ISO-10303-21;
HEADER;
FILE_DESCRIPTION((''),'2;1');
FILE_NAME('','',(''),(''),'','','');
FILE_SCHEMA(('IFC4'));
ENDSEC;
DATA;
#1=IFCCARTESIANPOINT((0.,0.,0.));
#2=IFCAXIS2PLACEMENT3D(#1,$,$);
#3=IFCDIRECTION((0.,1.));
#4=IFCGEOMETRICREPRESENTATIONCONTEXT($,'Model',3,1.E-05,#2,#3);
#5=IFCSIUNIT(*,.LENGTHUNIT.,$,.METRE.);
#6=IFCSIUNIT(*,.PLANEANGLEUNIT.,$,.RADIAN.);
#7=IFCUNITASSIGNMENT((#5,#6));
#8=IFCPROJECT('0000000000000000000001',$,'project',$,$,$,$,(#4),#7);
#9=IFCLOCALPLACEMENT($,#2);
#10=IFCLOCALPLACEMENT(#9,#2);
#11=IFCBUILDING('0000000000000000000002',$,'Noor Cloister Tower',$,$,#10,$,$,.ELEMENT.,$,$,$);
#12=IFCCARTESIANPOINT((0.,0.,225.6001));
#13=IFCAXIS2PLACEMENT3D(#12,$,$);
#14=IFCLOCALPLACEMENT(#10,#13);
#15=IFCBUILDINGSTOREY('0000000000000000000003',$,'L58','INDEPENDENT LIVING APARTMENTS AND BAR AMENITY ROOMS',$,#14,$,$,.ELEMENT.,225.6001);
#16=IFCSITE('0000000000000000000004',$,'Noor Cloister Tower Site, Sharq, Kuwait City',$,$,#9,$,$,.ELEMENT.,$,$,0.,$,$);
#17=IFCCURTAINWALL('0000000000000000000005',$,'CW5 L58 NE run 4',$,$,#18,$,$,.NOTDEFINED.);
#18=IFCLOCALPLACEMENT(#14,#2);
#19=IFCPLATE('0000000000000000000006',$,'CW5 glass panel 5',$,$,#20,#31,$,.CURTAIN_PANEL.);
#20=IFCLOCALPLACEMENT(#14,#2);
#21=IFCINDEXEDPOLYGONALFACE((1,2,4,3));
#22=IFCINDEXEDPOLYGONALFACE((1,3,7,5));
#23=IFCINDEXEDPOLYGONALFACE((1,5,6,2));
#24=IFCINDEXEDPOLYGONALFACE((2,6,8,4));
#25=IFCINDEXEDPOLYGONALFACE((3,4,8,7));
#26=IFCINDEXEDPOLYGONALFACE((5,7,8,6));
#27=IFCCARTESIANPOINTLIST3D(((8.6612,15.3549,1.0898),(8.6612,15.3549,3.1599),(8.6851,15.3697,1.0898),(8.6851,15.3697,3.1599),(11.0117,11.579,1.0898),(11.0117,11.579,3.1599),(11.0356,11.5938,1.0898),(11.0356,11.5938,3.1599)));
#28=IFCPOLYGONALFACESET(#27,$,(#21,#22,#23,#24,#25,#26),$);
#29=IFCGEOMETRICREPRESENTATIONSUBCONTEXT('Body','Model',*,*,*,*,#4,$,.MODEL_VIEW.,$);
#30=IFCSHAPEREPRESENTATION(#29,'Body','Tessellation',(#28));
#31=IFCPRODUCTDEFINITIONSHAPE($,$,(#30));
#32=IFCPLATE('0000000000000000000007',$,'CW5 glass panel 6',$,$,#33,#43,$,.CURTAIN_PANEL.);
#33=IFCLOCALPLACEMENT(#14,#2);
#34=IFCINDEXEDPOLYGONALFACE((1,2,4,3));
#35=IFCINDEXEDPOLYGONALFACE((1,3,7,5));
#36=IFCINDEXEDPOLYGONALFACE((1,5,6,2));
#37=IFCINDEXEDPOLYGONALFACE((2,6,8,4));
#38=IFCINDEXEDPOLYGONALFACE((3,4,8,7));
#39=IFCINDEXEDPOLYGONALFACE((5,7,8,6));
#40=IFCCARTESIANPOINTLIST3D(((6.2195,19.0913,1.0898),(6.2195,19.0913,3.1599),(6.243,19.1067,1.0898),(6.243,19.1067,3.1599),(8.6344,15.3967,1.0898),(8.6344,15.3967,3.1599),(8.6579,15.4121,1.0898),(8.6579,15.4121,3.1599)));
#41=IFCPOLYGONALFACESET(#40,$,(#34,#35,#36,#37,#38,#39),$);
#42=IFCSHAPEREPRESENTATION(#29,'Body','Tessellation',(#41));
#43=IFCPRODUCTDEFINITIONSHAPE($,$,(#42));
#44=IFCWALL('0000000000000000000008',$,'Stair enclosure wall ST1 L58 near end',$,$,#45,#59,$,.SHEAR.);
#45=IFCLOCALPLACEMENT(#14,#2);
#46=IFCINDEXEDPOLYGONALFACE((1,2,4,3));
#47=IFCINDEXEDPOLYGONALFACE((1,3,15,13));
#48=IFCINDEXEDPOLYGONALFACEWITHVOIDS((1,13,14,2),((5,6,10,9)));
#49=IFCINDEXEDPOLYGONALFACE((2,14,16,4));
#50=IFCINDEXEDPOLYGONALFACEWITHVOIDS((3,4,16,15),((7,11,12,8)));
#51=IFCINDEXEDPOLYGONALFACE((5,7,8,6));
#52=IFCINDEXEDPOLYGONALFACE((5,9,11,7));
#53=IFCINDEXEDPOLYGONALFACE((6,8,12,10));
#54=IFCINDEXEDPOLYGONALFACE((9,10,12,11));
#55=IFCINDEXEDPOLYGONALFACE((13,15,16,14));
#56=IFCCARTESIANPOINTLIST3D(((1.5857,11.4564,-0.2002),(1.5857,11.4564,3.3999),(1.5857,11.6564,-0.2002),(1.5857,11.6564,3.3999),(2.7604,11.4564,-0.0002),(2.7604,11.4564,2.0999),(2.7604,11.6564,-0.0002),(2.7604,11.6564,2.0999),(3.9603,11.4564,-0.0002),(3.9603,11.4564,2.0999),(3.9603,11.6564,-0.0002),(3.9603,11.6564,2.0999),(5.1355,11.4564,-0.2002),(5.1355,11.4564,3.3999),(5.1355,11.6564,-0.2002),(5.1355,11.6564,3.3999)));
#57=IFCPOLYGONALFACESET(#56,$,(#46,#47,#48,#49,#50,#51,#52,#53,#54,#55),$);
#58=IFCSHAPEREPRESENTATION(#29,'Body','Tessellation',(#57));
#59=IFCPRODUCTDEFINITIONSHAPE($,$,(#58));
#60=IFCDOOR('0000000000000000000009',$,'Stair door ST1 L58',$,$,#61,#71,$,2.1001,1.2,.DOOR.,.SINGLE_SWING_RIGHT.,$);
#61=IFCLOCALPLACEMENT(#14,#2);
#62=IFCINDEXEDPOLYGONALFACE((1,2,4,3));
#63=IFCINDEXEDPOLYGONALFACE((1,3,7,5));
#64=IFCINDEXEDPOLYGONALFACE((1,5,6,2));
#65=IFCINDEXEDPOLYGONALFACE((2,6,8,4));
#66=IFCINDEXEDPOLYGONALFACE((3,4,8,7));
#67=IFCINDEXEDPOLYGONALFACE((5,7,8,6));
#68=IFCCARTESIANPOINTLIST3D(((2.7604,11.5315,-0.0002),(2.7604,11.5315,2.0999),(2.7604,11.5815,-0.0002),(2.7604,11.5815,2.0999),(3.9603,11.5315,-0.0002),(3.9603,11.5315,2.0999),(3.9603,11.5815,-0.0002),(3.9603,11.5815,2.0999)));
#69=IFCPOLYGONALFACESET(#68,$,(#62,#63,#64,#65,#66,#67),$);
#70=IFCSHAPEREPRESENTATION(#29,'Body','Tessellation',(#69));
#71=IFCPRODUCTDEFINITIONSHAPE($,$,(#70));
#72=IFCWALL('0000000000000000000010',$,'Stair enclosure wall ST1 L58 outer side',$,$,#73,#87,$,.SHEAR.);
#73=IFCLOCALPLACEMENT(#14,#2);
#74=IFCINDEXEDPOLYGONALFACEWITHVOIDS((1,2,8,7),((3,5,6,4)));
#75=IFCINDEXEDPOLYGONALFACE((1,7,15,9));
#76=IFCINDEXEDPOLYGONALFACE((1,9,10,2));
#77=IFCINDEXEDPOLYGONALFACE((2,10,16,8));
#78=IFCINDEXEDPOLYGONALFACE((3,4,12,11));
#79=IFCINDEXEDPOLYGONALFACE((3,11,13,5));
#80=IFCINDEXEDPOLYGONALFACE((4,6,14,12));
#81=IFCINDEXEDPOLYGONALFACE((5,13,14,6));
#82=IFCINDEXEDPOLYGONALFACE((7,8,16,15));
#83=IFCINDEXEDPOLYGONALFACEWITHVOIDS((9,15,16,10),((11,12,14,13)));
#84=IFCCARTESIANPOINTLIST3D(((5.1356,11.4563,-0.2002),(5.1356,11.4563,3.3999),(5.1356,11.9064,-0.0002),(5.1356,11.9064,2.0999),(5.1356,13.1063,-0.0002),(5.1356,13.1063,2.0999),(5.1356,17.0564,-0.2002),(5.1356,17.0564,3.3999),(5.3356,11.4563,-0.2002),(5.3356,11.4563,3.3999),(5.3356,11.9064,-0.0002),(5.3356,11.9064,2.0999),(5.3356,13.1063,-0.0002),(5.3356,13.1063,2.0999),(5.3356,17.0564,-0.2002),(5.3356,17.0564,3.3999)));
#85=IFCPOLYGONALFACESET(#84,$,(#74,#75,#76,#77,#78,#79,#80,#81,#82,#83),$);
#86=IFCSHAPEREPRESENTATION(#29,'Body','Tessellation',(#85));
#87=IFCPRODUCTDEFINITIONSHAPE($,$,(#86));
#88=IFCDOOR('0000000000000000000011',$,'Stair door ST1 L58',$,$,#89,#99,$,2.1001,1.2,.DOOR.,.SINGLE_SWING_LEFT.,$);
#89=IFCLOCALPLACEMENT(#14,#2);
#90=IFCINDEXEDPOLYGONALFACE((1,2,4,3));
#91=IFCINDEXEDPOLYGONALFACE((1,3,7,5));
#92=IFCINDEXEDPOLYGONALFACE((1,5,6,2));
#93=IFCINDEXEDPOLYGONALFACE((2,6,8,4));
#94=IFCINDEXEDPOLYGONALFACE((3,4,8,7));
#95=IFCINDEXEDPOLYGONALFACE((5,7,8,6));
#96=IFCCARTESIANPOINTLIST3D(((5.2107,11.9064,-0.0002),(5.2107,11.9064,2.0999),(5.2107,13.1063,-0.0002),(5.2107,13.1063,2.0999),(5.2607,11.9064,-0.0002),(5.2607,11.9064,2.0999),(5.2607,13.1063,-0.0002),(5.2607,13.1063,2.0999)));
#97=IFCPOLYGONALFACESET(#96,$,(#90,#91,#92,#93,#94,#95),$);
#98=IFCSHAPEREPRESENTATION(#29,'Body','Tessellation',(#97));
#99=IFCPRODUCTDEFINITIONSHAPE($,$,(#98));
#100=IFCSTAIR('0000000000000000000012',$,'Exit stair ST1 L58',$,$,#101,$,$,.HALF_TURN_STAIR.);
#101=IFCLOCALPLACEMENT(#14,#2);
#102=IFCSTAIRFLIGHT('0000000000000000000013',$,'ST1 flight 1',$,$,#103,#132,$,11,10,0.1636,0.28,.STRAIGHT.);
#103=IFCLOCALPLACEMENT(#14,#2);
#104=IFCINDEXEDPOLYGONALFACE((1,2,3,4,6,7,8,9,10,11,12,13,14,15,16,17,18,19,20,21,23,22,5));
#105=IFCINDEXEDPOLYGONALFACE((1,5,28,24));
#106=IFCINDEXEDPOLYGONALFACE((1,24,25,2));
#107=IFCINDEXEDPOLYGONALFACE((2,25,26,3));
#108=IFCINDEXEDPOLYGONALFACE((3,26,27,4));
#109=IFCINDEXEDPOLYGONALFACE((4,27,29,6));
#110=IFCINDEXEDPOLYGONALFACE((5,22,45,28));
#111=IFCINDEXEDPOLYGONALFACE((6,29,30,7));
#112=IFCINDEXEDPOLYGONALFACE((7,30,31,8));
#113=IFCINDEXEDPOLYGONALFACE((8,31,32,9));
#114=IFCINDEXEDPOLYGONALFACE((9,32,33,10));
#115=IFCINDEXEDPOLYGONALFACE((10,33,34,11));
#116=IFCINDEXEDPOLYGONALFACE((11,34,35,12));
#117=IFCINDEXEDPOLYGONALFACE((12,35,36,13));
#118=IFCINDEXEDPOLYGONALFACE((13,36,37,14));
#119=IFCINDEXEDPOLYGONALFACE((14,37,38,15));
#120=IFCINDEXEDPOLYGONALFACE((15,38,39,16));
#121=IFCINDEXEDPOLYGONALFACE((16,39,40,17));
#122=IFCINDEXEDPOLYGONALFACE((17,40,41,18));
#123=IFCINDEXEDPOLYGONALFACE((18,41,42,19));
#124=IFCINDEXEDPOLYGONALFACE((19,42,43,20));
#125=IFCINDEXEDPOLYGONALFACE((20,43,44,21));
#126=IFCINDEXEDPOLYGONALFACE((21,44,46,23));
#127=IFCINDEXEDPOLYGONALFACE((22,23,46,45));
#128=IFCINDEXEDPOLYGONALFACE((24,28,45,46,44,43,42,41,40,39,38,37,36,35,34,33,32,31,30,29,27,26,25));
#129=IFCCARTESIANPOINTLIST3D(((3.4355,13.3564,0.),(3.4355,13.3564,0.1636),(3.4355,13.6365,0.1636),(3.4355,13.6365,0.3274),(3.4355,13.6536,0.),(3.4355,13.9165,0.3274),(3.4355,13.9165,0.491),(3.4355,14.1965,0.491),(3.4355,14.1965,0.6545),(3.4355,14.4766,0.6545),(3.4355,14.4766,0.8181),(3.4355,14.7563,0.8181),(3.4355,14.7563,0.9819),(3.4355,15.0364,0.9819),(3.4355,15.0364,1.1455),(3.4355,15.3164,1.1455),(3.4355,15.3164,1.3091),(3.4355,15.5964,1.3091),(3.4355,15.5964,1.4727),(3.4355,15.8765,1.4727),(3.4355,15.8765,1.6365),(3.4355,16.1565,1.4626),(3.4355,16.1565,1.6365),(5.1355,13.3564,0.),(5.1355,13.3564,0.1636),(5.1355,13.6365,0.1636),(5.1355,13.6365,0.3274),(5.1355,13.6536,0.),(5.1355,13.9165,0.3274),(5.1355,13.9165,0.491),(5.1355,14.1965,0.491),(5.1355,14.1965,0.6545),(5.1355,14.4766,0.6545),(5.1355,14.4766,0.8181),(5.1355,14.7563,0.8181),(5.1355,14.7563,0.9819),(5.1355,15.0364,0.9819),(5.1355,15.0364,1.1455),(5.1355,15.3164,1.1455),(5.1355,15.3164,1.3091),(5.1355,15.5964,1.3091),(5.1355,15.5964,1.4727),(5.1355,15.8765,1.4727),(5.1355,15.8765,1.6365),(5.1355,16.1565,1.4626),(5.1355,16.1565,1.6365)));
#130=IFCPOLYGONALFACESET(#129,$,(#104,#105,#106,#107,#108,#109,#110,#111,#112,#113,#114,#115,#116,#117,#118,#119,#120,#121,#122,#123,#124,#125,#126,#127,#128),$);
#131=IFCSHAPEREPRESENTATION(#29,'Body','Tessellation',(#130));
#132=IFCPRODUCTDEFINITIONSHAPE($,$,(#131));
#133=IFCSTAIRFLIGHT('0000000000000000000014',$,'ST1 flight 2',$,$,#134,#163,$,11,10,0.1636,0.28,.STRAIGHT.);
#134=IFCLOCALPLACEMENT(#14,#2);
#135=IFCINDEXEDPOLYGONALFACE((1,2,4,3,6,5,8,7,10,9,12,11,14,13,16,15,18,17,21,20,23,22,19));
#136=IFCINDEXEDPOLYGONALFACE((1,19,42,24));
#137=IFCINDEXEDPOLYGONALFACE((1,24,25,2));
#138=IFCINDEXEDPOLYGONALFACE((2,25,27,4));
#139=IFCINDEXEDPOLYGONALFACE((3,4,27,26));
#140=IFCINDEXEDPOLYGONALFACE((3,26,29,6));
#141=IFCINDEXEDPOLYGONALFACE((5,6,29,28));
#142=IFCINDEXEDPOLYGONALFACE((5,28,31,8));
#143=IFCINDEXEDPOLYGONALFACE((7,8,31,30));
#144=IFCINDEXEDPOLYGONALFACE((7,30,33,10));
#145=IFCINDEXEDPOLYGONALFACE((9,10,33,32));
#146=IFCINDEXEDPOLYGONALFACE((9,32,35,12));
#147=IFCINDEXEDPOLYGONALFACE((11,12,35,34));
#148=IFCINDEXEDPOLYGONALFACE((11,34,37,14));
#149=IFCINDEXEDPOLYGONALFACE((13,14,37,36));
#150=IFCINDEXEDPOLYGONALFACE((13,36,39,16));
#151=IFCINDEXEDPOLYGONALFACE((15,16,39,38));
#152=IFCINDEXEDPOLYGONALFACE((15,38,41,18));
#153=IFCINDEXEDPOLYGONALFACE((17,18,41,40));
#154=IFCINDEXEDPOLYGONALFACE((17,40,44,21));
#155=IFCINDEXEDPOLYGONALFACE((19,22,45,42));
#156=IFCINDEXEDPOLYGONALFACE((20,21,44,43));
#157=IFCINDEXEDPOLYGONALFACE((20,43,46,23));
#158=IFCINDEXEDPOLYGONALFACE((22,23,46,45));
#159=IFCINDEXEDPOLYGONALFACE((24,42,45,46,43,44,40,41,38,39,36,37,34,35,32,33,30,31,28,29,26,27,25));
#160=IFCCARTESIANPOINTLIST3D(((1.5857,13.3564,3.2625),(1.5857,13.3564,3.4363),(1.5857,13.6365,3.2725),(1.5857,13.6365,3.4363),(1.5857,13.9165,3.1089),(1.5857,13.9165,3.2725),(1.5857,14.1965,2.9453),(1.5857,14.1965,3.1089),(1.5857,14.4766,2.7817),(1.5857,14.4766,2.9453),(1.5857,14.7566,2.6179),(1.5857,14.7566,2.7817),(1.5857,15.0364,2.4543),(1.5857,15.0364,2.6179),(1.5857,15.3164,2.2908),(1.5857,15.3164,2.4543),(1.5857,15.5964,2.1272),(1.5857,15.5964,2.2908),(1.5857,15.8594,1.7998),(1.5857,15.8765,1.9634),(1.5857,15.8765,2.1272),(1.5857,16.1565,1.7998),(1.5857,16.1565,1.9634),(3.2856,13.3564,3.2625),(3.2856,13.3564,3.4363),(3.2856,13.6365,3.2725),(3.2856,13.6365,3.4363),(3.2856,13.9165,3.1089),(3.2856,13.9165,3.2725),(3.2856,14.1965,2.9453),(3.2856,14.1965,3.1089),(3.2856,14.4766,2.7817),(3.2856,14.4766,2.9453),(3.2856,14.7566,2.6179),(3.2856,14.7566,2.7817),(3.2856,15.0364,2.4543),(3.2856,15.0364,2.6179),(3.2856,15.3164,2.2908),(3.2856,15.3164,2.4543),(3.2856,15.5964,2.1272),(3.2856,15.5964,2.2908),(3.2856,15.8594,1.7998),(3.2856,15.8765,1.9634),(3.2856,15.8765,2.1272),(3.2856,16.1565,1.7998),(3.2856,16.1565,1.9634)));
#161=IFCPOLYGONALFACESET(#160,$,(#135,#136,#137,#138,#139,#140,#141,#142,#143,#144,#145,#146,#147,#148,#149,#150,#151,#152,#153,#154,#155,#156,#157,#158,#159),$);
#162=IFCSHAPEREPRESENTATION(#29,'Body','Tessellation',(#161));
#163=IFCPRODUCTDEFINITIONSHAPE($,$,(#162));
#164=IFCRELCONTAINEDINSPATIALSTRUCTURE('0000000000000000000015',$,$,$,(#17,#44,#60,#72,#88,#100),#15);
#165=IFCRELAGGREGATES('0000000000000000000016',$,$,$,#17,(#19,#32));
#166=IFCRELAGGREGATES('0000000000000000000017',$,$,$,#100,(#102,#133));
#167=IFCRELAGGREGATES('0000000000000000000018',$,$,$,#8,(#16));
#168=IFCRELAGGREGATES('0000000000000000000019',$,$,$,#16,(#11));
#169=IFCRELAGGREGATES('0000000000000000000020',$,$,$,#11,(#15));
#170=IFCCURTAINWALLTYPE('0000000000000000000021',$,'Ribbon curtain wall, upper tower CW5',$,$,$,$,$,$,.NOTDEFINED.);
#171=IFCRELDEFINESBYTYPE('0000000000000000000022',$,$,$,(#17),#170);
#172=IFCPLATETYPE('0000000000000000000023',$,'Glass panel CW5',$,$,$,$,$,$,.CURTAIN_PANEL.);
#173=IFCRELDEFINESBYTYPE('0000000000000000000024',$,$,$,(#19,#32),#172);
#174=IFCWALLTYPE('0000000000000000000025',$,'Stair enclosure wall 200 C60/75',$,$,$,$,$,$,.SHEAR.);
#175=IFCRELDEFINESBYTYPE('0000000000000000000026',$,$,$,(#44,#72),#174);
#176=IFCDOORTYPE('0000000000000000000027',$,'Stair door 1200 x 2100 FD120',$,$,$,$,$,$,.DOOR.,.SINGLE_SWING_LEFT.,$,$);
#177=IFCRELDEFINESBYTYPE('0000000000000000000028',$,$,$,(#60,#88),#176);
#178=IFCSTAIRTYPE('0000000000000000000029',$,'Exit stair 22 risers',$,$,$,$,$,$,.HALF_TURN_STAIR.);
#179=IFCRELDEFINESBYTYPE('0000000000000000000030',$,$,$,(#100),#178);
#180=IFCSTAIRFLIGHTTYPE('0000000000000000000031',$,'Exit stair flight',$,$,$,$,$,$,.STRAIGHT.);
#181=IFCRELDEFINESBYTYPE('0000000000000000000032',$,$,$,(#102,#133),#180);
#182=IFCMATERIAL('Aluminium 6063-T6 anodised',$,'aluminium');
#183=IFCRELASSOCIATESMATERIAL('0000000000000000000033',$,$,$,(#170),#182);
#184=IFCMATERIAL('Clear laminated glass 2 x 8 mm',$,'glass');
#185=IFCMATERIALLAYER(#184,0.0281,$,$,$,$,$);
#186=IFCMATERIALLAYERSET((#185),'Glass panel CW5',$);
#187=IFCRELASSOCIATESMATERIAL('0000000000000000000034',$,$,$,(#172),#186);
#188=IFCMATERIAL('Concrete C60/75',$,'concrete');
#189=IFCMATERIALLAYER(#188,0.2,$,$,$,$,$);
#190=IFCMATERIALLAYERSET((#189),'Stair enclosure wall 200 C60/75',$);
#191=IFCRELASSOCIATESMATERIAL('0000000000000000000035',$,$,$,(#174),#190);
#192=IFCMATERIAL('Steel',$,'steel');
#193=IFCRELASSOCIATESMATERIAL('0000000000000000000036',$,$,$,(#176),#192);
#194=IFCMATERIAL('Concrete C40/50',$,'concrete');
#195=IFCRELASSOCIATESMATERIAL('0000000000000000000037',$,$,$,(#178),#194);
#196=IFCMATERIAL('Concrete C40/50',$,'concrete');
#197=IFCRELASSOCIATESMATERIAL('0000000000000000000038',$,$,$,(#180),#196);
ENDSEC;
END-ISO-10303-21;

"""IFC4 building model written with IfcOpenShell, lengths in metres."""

from ifc_helpers import new_model, si_unit, direction, frame, frame_2d, origin, origin_2d, place, context, subcontext, project, spatial, polyline, rectangle, outline, extrude, material, layer, layer_set, type_object, element, fill, aggregate, save


model = new_model("IFC4")

# Units and contexts
model_context = context("Model", 3, precision=1e-05, world=origin(), true_north=direction((0.0, 1.0)))
body_context = subcontext(model_context, "Body", "Model", "MODEL_VIEW")
ifc_project = project(units=[si_unit("LENGTHUNIT", "METRE"), si_unit("PLANEANGLEUNIT", "RADIAN")], contexts=[model_context])

# Site, building, storey
site_placement = place(None, origin())
site = spatial("IfcSite", under=ifc_project, at=site_placement, Name="Noor Cloister Tower Site, Sharq, Kuwait City", CompositionType="ELEMENT", RefElevation=0.0)
building_placement = place(site_placement, origin())
building = spatial("IfcBuilding", under=site, at=building_placement, Name="Noor Cloister Tower", CompositionType="ELEMENT")
storey_placement = place(building_placement, frame((0.0, 0.0, 225.6001)))
storey = spatial("IfcBuildingStorey", under=building, at=storey_placement, Name="L58", Description="INDEPENDENT LIVING APARTMENTS AND BAR AMENITY ROOMS", CompositionType="ELEMENT", Elevation=225.6001)

# Curtain wall
ifc_material_1 = material(Name="Aluminium 6063-T6 anodised", Category="aluminium")
curtain_wall_type = type_object("IfcCurtainWallType", Name="Ribbon curtain wall, upper tower CW5", PredefinedType="NOTDEFINED", material=ifc_material_1)
curtain_wall_placement = place(storey_placement, origin())
curtain_wall = element("IfcCurtainWall", 1, at=curtain_wall_placement, inside=storey, type_object=curtain_wall_type, Name="CW5 L58 NE run 4", PredefinedType="NOTDEFINED")

# Plates
ifc_material_2 = material(Name="Clear laminated glass 2 x 8 mm", Category="glass")
ifc_layer_1 = layer(ifc_material_2, 0.0281)
ifc_layer_set_1 = layer_set([ifc_layer_1], Name="Glass panel CW5")
plate_type = type_object("IfcPlateType", Name="Glass panel CW5", PredefinedType="CURTAIN_PANEL", material=ifc_layer_set_1)
plate_1_placement = place(storey_placement, frame((9.8484, 13.4744, 1.0898), z_axis=(0.0, 0.0, 1.0), x_axis=(-0.528471, 0.848951, 0.0)))
plate_1 = element("IfcPlate", 2, at=plate_1_placement, type_object=plate_type, Name="CW5 glass panel 5", PredefinedType="CURTAIN_PANEL", context=body_context, shape_type="SweptSolid", body=[
    extrude(rectangle(XDim=4.4478, YDim=0.0281, at=origin_2d()), origin(), (0.0, 0.0, 1.0), 2.0701),
])
plate_2_placement = place(storey_placement, frame((7.4387, 17.2517, 1.0898), z_axis=(0.0, 0.0, 1.0), x_axis=(-0.547131, 0.837047, 0.0)))
plate_2 = element("IfcPlate", 3, at=plate_2_placement, type_object=plate_type, Name="CW5 glass panel 6", PredefinedType="CURTAIN_PANEL", context=body_context, shape_type="SweptSolid", body=[
    extrude(rectangle(XDim=4.4138, YDim=0.0281, at=origin_2d()), origin(), (0.0, 0.0, 1.0), 2.0701),
])
aggregate(curtain_wall, [plate_1, plate_2])

# Walls, openings, doors
ifc_material_3 = material(Name="Concrete C60/75", Category="concrete")
ifc_layer_2 = layer(ifc_material_3, 0.2)
ifc_layer_set_2 = layer_set([ifc_layer_2], Name="Stair enclosure wall 200 C60/75")
wall_type = type_object("IfcWallType", Name="Stair enclosure wall 200 C60/75", PredefinedType="SHEAR", material=ifc_layer_set_2)
wall_1_placement = place(storey_placement, frame((5.1355, 11.5564, -0.2002), z_axis=(0.0, 0.0, 1.0), x_axis=(-1.0, 0.0, 0.0)))
wall_1 = element("IfcWall", 4, at=wall_1_placement, inside=storey, type_object=wall_type, Name="Stair enclosure wall ST1 L58 near end", PredefinedType="SHEAR", context=body_context, shape_type="SweptSolid", body=[
    extrude(rectangle(XDim=3.5498, YDim=0.2, at=frame_2d((1.7749, 0.0))), origin(), (0.0, 0.0, 1.0), 3.6001),
])
opening_1_placement = place(wall_1_placement, frame((1.175, 0.0, 0.2)))
opening_1 = element("IfcOpeningElement", 5, at=opening_1_placement, cuts=wall_1, PredefinedType="OPENING", context=body_context, shape_type="SweptSolid", body=[
    extrude(rectangle(XDim=1.2, YDim=2.1001, at=frame_2d((0.6001, 1.05))), frame((0.0, 0.1099, 0.0), z_axis=(0.0, -1.0, 0.0), x_axis=(1.0, 0.0, 0.0)), (0.0, 0.0, 1.0), 0.22),
])
ifc_material_4 = material(Name="Steel", Category="steel")
door_type = type_object("IfcDoorType", Name="Stair door 1200 x 2100 FD120", OperationType="SINGLE_SWING_LEFT", PredefinedType="DOOR", material=ifc_material_4)
door_1_placement = place(opening_1_placement, origin())
door_1 = element("IfcDoor", 6, at=door_1_placement, inside=storey, type_object=door_type, Name="Stair door ST1 L58", OperationType="SINGLE_SWING_RIGHT", OverallHeight=2.1001, OverallWidth=1.2, PredefinedType="DOOR", context=body_context, shape_type="SweptSolid", body=[
    extrude(rectangle(XDim=1.2, YDim=2.1001, at=frame_2d((0.6001, 1.05))), frame((0.0, 0.0249, 0.0), z_axis=(0.0, -1.0, 0.0), x_axis=(1.0, 0.0, 0.0)), (0.0, 0.0, 1.0), 0.05),
])
fill(opening_1, door_1)
wall_2_placement = place(storey_placement, frame((5.2356, 11.4563, -0.2002), z_axis=(0.0, 0.0, 1.0), x_axis=(0.0, 1.0, 0.0)))
wall_2 = element("IfcWall", 7, at=wall_2_placement, inside=storey, type_object=wall_type, Name="Stair enclosure wall ST1 L58 outer side", PredefinedType="SHEAR", context=body_context, shape_type="SweptSolid", body=[
    extrude(rectangle(XDim=5.6001, YDim=0.2, at=frame_2d((2.8, 0.0))), origin(), (0.0, 0.0, 1.0), 3.6001),
])
opening_2_placement = place(wall_2_placement, frame((0.45, 0.0, 0.2)))
opening_2 = element("IfcOpeningElement", 8, at=opening_2_placement, cuts=wall_2, PredefinedType="OPENING", context=body_context, shape_type="SweptSolid", body=[
    extrude(rectangle(XDim=1.2, YDim=2.1001, at=frame_2d((0.6001, 1.05))), frame((0.0, 0.1099, 0.0), z_axis=(0.0, -1.0, 0.0), x_axis=(1.0, 0.0, 0.0)), (0.0, 0.0, 1.0), 0.22),
])
door_2_placement = place(opening_2_placement, origin())
door_2 = element("IfcDoor", 9, at=door_2_placement, inside=storey, type_object=door_type, Name="Stair door ST1 L58", OperationType="SINGLE_SWING_LEFT", OverallHeight=2.1001, OverallWidth=1.2, PredefinedType="DOOR", context=body_context, shape_type="SweptSolid", body=[
    extrude(rectangle(XDim=1.2, YDim=2.1001, at=frame_2d((0.6001, 1.05))), frame((0.0, 0.0249, 0.0), z_axis=(0.0, -1.0, 0.0), x_axis=(1.0, 0.0, 0.0)), (0.0, 0.0, 1.0), 0.05),
])
fill(opening_2, door_2)

# Stair, stair flights
ifc_material_5 = material(Name="Concrete C40/50", Category="concrete")
stair_type = type_object("IfcStairType", Name="Exit stair 22 risers", PredefinedType="HALF_TURN_STAIR", material=ifc_material_5)
stair_placement = place(storey_placement, origin())
stair = element("IfcStair", 10, at=stair_placement, inside=storey, type_object=stair_type, Name="Exit stair ST1 L58", PredefinedType="HALF_TURN_STAIR")
ifc_material_6 = material(Name="Concrete C40/50", Category="concrete")
stair_flight_type = type_object("IfcStairFlightType", Name="Exit stair flight", PredefinedType="STRAIGHT", material=ifc_material_6)
stair_flight_1_placement = place(storey_placement, frame((4.2856, 13.3564, 0.0), z_axis=(0.0, 0.0, 1.0), x_axis=(0.0, 1.0, 0.0)))
stair_flight_1 = element("IfcStairFlight", 11, at=stair_flight_1_placement, type_object=stair_flight_type, Name="ST1 flight 1", NumberOfRisers=11, NumberOfTreads=10, PredefinedType="STRAIGHT", RiserHeight=0.1636, TreadLength=0.28, context=body_context, shape_type="SweptSolid", body=[
    extrude(outline(polyline([(0.0, 0.0), (0.0, 0.1636), (0.28, 0.1636), (0.28, 0.3274), (0.5601, 0.3274), (0.5601, 0.491), (0.8401, 0.491), (0.8401, 0.6545), (1.1201, 0.6545), (1.1201, 0.8181), (1.3999, 0.8181), (1.3999, 0.9819), (1.6799, 0.9819), (1.6799, 1.1455), (1.96, 1.1455), (1.96, 1.3091), (2.24, 1.3091), (2.24, 1.4727), (2.52, 1.4727), (2.52, 1.6365), (2.8, 1.6365), (2.8, 1.8), (2.8, 1.4626), (0.2971, 0.0), (0.0, 0.0)])), frame((0.0, 0.8501, 0.0), z_axis=(0.0, -1.0, 0.0), x_axis=(1.0, 0.0, 0.0)), (0.0, 0.0, 1.0), 1.7),
])
stair_flight_2_placement = place(storey_placement, frame((2.4355, 16.1565, 1.7998), z_axis=(0.0, 0.0, 1.0), x_axis=(0.0, -1.0, 0.0)))
stair_flight_2 = element("IfcStairFlight", 12, at=stair_flight_2_placement, type_object=stair_flight_type, Name="ST1 flight 2", NumberOfRisers=11, NumberOfTreads=10, PredefinedType="STRAIGHT", RiserHeight=0.1636, TreadLength=0.28, context=body_context, shape_type="SweptSolid", body=[
    extrude(outline(polyline([(0.0, 0.0), (0.0, 0.1636), (0.28, 0.1636), (0.28, 0.3274), (0.5601, 0.3274), (0.5601, 0.491), (0.8401, 0.491), (0.8401, 0.6545), (1.1201, 0.6545), (1.1201, 0.8181), (1.3999, 0.8181), (1.3999, 0.9819), (1.6799, 0.9819), (1.6799, 1.1455), (1.96, 1.1455), (1.96, 1.3091), (2.24, 1.3091), (2.24, 1.4727), (2.52, 1.4727), (2.52, 1.6365), (2.8, 1.6365), (2.8, 1.8), (2.8, 1.4626), (0.2971, 0.0), (0.0, 0.0)])), frame((0.0, 0.8501, 0.0), z_axis=(0.0, -1.0, 0.0), x_axis=(1.0, 0.0, 0.0)), (0.0, 0.0, 1.0), 1.7),
])
aggregate(stair, [stair_flight_1, stair_flight_2])

save(model, "model.ifc")
